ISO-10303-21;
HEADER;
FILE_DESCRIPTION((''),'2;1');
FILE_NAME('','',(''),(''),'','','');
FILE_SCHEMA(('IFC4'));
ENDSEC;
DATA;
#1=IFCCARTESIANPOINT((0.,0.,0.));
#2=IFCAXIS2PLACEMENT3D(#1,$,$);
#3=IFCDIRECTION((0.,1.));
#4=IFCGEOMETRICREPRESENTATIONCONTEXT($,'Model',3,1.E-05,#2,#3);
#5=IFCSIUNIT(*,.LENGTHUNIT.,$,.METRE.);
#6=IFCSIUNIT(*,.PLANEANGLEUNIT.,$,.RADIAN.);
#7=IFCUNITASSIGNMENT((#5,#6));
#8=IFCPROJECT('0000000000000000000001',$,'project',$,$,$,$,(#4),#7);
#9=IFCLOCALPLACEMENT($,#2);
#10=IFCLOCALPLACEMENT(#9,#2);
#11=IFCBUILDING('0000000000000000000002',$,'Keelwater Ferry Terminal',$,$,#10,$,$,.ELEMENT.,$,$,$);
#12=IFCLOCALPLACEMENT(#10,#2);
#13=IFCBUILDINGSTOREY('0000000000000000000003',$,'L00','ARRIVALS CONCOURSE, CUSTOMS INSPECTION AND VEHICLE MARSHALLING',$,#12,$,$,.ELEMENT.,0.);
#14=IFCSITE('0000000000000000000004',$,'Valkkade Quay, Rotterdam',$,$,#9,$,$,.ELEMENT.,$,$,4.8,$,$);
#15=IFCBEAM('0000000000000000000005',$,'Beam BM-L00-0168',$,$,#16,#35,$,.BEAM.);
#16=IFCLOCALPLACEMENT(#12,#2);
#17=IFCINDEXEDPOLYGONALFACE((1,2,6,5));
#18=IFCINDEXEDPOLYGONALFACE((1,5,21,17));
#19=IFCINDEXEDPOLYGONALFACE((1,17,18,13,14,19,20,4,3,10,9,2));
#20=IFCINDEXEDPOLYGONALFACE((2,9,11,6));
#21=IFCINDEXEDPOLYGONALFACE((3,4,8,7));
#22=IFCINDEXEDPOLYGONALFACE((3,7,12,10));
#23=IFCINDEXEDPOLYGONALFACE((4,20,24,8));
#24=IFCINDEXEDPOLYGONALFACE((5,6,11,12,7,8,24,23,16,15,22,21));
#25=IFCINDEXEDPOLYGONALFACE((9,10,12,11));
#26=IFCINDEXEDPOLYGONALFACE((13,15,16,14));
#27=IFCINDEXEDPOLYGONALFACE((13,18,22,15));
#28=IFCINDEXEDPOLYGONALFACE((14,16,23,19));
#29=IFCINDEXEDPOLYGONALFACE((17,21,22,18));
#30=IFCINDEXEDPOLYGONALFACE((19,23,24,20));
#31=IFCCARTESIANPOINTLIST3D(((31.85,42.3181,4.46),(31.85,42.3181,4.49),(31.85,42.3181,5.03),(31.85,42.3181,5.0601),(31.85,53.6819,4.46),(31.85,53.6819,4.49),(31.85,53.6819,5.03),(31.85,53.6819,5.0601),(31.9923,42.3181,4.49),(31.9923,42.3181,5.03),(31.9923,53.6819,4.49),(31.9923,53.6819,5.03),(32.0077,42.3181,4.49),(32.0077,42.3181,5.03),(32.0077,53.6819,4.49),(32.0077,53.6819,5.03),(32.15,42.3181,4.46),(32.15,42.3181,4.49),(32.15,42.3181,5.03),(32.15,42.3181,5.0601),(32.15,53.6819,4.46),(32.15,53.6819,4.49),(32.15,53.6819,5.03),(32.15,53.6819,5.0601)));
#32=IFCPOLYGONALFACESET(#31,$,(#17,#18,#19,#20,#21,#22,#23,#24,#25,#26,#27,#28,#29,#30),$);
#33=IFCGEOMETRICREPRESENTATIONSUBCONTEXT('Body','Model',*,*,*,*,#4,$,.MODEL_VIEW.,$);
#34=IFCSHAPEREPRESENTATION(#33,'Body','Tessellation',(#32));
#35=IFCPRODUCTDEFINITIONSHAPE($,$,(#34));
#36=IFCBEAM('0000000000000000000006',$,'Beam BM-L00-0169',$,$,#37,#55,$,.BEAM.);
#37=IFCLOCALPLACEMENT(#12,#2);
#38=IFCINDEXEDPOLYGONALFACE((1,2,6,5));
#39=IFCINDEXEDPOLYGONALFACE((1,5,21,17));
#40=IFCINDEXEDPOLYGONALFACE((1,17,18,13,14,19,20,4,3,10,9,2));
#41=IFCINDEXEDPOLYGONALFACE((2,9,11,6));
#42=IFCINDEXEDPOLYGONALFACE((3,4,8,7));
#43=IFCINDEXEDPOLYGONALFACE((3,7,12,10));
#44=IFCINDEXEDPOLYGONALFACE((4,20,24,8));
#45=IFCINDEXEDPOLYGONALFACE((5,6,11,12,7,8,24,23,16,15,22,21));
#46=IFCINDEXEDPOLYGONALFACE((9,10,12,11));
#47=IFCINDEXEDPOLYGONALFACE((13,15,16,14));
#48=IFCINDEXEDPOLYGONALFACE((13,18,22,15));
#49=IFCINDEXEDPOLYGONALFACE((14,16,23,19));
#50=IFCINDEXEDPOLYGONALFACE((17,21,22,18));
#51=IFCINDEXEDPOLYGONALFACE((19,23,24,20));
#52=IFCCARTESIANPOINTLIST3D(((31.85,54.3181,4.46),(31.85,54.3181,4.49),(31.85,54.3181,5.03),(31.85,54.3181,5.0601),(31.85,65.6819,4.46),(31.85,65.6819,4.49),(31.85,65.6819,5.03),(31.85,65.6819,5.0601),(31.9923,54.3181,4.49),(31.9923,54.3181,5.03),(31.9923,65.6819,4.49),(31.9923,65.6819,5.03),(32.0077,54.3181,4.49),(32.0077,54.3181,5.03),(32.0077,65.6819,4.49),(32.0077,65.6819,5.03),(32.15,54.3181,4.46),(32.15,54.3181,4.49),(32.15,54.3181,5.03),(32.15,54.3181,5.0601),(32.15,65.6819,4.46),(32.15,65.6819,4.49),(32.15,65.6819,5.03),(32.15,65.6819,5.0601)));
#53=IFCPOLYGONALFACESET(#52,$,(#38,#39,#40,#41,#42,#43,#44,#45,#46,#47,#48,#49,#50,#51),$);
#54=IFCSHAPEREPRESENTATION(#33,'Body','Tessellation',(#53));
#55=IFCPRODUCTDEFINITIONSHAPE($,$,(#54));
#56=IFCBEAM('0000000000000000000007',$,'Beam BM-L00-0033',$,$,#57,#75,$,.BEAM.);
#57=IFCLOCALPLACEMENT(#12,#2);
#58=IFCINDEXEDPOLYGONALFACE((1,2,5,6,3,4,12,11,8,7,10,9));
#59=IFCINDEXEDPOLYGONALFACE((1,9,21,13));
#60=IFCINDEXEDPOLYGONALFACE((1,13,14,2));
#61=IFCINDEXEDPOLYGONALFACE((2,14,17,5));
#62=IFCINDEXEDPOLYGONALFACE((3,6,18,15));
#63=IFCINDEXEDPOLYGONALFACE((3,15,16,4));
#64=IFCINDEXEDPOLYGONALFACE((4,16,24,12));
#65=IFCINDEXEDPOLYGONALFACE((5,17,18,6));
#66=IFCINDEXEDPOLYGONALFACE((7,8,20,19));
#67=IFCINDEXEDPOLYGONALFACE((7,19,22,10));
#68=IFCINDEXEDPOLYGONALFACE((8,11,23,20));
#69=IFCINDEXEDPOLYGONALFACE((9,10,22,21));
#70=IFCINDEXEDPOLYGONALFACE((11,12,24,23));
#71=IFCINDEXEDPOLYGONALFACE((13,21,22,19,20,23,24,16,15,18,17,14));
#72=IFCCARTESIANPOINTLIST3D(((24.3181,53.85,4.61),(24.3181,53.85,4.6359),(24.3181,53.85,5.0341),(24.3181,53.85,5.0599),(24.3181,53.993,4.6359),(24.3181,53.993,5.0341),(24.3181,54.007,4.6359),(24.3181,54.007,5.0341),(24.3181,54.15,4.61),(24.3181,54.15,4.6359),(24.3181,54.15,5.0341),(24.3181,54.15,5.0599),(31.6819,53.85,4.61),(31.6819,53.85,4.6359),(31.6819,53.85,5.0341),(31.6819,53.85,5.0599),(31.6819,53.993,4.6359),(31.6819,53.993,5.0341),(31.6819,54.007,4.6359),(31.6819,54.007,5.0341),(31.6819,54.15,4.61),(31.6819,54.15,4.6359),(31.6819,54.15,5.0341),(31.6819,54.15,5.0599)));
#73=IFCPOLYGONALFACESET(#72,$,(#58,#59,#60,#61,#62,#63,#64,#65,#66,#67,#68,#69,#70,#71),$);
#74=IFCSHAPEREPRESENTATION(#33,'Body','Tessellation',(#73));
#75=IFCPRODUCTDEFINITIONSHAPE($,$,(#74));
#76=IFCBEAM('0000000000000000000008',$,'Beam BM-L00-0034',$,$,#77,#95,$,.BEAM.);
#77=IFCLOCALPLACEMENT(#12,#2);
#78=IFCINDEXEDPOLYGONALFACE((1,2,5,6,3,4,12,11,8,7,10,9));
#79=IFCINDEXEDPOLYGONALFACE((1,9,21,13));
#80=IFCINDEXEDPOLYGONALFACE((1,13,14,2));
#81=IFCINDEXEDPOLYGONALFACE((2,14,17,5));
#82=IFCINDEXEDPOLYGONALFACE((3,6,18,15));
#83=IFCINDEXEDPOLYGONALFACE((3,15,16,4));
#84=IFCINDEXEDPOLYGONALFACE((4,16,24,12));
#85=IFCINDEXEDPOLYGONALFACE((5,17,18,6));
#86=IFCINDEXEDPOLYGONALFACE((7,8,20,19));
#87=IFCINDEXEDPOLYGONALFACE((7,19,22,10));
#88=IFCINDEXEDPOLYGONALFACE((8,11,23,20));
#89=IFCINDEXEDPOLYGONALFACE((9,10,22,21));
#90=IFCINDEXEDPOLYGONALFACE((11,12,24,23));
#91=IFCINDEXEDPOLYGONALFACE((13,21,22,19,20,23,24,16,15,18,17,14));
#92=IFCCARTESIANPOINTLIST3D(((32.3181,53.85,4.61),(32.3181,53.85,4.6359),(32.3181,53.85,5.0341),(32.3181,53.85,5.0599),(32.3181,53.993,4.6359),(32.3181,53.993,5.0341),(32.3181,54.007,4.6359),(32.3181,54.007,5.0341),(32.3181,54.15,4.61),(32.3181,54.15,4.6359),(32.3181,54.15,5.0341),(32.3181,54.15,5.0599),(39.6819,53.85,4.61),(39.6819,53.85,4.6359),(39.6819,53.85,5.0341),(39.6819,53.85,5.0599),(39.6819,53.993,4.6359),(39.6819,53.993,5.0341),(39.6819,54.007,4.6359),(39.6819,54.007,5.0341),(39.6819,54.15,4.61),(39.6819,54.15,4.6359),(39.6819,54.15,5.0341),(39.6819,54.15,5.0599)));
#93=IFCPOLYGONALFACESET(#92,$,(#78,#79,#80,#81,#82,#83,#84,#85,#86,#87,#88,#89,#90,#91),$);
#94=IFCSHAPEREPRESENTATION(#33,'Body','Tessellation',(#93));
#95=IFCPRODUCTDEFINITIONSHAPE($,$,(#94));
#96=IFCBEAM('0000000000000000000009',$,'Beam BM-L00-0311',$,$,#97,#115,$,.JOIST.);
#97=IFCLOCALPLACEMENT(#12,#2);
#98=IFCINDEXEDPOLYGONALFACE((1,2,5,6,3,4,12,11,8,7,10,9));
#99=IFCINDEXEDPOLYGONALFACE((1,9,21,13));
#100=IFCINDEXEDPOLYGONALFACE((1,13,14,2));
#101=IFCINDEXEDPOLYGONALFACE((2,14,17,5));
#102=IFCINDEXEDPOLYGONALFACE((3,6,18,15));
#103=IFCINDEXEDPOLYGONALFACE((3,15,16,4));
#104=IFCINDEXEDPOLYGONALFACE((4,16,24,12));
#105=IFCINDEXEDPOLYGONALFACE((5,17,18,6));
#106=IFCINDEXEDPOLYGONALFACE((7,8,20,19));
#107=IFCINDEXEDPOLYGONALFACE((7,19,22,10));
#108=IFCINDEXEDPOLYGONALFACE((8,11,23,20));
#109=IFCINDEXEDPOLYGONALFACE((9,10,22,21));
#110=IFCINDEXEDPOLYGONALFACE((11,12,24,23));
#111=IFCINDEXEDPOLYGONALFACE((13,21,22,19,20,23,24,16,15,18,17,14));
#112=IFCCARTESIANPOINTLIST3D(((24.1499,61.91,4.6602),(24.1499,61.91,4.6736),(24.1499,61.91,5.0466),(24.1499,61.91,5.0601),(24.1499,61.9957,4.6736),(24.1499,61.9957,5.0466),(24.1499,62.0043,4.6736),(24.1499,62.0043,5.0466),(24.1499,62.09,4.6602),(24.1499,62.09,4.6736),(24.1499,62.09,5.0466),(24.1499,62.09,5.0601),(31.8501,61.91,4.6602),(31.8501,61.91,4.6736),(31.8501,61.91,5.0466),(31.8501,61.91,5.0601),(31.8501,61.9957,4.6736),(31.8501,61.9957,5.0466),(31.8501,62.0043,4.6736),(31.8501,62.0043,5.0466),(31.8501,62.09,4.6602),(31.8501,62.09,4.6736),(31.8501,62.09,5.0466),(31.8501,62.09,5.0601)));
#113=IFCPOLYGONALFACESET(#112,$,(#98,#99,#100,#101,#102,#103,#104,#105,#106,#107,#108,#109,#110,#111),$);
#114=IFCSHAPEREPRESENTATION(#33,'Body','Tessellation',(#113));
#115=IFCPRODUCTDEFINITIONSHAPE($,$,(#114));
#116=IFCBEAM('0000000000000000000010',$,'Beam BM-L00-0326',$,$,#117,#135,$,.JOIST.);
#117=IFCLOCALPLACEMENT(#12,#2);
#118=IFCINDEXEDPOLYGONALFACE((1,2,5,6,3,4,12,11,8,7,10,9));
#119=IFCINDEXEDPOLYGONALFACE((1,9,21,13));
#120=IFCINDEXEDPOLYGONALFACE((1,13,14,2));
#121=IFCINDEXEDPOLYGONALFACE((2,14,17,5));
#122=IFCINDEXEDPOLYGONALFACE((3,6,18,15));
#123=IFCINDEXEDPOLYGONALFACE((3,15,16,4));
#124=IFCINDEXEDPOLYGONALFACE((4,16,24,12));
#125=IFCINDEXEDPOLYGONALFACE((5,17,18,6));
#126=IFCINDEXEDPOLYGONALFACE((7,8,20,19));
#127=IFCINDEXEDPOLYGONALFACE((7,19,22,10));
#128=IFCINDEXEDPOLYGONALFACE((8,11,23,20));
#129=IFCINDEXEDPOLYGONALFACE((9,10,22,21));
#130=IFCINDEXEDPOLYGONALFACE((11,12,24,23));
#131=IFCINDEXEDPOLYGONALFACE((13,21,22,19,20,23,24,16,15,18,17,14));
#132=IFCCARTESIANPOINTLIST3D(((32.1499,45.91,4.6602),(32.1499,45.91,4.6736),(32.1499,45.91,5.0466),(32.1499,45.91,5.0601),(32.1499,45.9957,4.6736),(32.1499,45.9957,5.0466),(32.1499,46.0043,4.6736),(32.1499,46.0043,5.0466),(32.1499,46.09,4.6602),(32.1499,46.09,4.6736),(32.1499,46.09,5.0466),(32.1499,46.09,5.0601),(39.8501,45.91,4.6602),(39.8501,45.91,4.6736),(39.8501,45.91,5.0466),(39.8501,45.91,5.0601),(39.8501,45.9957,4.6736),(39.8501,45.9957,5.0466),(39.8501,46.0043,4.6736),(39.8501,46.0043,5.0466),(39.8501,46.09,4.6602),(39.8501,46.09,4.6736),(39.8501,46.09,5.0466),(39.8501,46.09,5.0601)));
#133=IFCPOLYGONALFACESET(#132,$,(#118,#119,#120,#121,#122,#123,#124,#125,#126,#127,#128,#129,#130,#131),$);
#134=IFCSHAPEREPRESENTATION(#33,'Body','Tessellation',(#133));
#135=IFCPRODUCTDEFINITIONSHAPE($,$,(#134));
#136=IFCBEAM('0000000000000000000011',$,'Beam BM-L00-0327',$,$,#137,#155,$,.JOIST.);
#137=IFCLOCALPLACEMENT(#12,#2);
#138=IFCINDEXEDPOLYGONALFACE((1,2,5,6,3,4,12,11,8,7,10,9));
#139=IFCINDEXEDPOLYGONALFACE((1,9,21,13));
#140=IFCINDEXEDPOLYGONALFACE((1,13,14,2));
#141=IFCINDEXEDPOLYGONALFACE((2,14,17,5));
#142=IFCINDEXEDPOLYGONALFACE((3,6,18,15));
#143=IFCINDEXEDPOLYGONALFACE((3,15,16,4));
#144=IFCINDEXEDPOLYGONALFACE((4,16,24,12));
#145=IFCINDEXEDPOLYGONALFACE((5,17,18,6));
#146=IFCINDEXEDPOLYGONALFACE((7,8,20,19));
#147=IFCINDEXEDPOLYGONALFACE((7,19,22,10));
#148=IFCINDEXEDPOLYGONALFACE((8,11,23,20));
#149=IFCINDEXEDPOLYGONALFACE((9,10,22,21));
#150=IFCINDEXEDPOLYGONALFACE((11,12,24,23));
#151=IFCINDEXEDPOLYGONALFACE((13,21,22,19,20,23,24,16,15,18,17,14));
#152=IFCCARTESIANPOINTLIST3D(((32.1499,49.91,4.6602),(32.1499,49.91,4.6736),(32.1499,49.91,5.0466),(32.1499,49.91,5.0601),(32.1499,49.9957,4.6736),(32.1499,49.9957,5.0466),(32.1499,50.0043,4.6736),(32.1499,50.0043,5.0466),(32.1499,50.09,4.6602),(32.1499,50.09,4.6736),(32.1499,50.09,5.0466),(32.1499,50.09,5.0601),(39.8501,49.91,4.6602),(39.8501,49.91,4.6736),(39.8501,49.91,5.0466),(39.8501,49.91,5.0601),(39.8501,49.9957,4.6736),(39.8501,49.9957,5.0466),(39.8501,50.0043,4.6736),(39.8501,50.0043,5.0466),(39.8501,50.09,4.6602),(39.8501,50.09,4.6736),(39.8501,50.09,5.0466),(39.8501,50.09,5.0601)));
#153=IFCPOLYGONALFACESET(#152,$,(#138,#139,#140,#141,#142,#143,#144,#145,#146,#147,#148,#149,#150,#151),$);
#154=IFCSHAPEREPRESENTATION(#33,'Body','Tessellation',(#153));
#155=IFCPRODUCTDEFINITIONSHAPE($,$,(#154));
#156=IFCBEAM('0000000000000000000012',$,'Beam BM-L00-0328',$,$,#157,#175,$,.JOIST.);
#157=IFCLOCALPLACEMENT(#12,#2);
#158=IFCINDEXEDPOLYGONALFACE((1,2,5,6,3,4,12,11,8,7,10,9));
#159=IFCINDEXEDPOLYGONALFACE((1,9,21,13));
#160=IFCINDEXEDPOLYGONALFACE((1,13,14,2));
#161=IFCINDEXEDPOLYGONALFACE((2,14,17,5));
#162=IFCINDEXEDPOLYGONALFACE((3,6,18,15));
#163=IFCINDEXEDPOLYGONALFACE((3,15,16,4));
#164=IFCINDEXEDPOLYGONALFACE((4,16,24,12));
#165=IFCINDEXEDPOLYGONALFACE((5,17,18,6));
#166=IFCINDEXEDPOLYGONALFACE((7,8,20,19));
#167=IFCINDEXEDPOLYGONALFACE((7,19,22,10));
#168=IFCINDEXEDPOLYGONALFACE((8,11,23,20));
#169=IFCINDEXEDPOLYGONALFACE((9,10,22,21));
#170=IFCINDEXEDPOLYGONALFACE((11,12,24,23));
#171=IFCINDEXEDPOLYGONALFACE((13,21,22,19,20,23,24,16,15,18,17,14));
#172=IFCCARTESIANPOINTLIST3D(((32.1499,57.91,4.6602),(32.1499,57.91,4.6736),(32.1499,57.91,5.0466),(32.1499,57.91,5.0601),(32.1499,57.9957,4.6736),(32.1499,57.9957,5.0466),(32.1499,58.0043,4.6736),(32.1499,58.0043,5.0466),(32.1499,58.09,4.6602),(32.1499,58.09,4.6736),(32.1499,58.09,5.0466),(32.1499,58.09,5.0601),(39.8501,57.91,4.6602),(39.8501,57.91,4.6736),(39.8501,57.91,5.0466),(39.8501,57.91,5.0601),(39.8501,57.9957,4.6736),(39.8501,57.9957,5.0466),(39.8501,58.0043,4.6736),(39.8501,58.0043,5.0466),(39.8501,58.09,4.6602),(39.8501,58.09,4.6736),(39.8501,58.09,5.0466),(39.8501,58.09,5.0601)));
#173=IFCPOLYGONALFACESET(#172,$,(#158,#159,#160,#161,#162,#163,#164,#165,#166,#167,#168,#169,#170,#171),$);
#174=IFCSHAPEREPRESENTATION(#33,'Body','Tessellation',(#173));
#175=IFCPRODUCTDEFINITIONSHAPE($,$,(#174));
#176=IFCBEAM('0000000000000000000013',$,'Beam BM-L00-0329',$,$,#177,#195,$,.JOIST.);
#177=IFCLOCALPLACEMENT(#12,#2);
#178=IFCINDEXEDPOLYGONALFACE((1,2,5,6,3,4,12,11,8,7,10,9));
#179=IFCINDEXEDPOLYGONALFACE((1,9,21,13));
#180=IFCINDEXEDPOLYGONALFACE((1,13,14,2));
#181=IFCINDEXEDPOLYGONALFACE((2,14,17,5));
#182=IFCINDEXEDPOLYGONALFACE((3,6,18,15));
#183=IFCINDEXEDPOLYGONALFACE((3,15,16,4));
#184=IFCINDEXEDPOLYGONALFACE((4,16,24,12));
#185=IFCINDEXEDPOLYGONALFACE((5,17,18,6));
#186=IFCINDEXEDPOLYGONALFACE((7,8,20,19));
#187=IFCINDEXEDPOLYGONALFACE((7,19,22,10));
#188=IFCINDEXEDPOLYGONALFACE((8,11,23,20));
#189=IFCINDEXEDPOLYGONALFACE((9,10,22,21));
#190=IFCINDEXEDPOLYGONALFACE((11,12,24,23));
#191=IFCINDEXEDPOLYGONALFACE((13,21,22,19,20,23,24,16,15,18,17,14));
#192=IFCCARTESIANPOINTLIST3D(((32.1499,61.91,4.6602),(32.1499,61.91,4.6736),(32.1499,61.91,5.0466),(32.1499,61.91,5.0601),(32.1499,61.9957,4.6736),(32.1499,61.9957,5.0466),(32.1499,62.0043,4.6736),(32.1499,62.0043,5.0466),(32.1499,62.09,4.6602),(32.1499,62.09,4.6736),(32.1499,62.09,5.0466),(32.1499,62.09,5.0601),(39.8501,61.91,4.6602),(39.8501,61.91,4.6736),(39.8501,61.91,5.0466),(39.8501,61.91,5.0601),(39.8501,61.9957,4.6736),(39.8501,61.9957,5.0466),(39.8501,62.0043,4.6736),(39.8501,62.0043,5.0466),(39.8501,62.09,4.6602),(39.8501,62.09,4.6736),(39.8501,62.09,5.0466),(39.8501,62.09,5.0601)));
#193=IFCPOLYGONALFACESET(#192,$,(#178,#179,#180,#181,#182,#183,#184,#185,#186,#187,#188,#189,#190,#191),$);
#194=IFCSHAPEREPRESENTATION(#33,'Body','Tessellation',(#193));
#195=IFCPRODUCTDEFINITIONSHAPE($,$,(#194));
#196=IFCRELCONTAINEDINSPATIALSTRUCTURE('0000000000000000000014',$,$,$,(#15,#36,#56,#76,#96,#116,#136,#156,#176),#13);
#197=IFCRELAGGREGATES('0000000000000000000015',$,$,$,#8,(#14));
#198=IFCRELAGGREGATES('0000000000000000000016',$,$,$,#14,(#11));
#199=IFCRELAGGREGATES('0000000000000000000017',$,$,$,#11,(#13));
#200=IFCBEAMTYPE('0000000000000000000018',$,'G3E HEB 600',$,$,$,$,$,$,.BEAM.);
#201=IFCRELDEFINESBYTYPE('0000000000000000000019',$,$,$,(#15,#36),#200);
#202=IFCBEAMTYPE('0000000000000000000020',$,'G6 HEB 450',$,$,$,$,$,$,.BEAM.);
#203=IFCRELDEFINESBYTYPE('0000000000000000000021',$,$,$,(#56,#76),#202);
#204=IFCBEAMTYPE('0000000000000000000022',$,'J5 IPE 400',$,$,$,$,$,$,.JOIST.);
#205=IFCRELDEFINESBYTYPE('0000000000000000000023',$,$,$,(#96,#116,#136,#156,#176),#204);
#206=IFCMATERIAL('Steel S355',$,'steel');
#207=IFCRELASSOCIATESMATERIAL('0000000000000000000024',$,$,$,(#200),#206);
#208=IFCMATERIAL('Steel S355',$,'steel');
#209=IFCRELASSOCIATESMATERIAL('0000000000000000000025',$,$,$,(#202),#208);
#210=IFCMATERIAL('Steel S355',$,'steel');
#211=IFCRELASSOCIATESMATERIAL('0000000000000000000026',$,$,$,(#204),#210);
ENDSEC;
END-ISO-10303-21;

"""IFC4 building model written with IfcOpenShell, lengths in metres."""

from ifc_helpers import new_model, si_unit, direction, frame, origin, origin_2d, place, context, subcontext, project, spatial, i_section, extrude, material, material_profile, profile_set, type_object, element, save


model = new_model("IFC4")

# Units and contexts
model_context = context("Model", 3, precision=1e-05, world=origin(), true_north=direction((0.0, 1.0)))
body_context = subcontext(model_context, "Body", "Model", "MODEL_VIEW")
ifc_project = project(units=[si_unit("LENGTHUNIT", "METRE"), si_unit("PLANEANGLEUNIT", "RADIAN")], contexts=[model_context])

# Site, building, storey
site_placement = place(None, origin())
site = spatial("IfcSite", under=ifc_project, at=site_placement, Name="Valkkade Quay, Rotterdam", CompositionType="ELEMENT", RefElevation=4.8)
building_placement = place(site_placement, origin())
building = spatial("IfcBuilding", under=site, at=building_placement, Name="Keelwater Ferry Terminal", CompositionType="ELEMENT")
storey_placement = place(building_placement, origin())
storey = spatial("IfcBuildingStorey", under=building, at=storey_placement, Name="L00", Description="ARRIVALS CONCOURSE, CUSTOMS INSPECTION AND VEHICLE MARSHALLING", CompositionType="ELEMENT", Elevation=0.0)

# Beams
ifc_material_1 = material(Name="Steel S355", Category="steel")
ifc_material_profile_1 = material_profile(ifc_material_1, i_section(OverallWidth=0.3, OverallDepth=0.6001, WebThickness=0.0154, FlangeThickness=0.03, at=origin_2d()), Name="HEB 600")
ifc_profile_set_1 = profile_set([ifc_material_profile_1], Name="Steel S355")
beam_type_1 = type_object("IfcBeamType", Name="G3E HEB 600", PredefinedType="BEAM", material=ifc_profile_set_1)
for number, where, z_axis, x_axis, name in (
    (1, (32.0, 42.3181, 4.76), (0.0, 1.0, 0.0), (-1.0, 0.0, 0.0), "Beam BM-L00-0168"),
    (2, (32.0, 54.3181, 4.76), (0.0, 1.0, 0.0), (-1.0, 0.0, 0.0), "Beam BM-L00-0169"),
):
    element("IfcBeam", number, at=place(storey_placement, frame(where, z_axis=z_axis, x_axis=x_axis)), inside=storey, type_object=beam_type_1, Name=name, PredefinedType="BEAM", context=body_context, shape_type="SweptSolid", body=[
        extrude(i_section(OverallWidth=0.3, OverallDepth=0.6001, WebThickness=0.0154, FlangeThickness=0.03, at=origin_2d()), origin(), (0.0, 0.0, 1.0), 11.3638),
    ])
ifc_material_2 = material(Name="Steel S355", Category="steel")
ifc_material_profile_2 = material_profile(ifc_material_2, i_section(OverallWidth=0.3, OverallDepth=0.45, WebThickness=0.0139, FlangeThickness=0.0259, at=origin_2d()), Name="HEB 450")
ifc_profile_set_2 = profile_set([ifc_material_profile_2], Name="Steel S355")
beam_type_2 = type_object("IfcBeamType", Name="G6 HEB 450", PredefinedType="BEAM", material=ifc_profile_set_2)
for number, where, z_axis, x_axis, name in (
    (3, (24.3181, 54.0, 4.835), (1.0, 0.0, 0.0), (0.0, 1.0, 0.0), "Beam BM-L00-0033"),
    (4, (32.3181, 54.0, 4.835), (1.0, 0.0, 0.0), (0.0, 1.0, 0.0), "Beam BM-L00-0034"),
):
    element("IfcBeam", number, at=place(storey_placement, frame(where, z_axis=z_axis, x_axis=x_axis)), inside=storey, type_object=beam_type_2, Name=name, PredefinedType="BEAM", context=body_context, shape_type="SweptSolid", body=[
        extrude(i_section(OverallWidth=0.3, OverallDepth=0.45, WebThickness=0.0139, FlangeThickness=0.0259, at=origin_2d()), origin(), (0.0, 0.0, 1.0), 7.3638),
    ])
ifc_material_3 = material(Name="Steel S355", Category="steel")
ifc_material_profile_3 = material_profile(ifc_material_3, i_section(OverallWidth=0.1799, OverallDepth=0.3999, WebThickness=0.0085, FlangeThickness=0.0134, at=origin_2d()), Name="IPE 400")
ifc_profile_set_3 = profile_set([ifc_material_profile_3], Name="Steel S355")
beam_type_3 = type_object("IfcBeamType", Name="J5 IPE 400", PredefinedType="JOIST", material=ifc_profile_set_3)
for number, where, z_axis, x_axis, name in (
    (5, (24.1499, 62.0, 4.8601), (1.0, 0.0, 0.0), (0.0, 1.0, 0.0), "Beam BM-L00-0311"),
    (6, (32.1499, 46.0, 4.8601), (1.0, 0.0, 0.0), (0.0, 1.0, 0.0), "Beam BM-L00-0326"),
    (7, (32.1499, 50.0, 4.8601), (1.0, 0.0, 0.0), (0.0, 1.0, 0.0), "Beam BM-L00-0327"),
    (8, (32.1499, 58.0, 4.8601), (1.0, 0.0, 0.0), (0.0, 1.0, 0.0), "Beam BM-L00-0328"),
    (9, (32.1499, 62.0, 4.8601), (1.0, 0.0, 0.0), (0.0, 1.0, 0.0), "Beam BM-L00-0329"),
):
    element("IfcBeam", number, at=place(storey_placement, frame(where, z_axis=z_axis, x_axis=x_axis)), inside=storey, type_object=beam_type_3, Name=name, PredefinedType="JOIST", context=body_context, shape_type="SweptSolid", body=[
        extrude(i_section(OverallWidth=0.1799, OverallDepth=0.3999, WebThickness=0.0085, FlangeThickness=0.0134, at=origin_2d()), origin(), (0.0, 0.0, 1.0), 7.7002),
    ])

save(model, "model.ifc")
